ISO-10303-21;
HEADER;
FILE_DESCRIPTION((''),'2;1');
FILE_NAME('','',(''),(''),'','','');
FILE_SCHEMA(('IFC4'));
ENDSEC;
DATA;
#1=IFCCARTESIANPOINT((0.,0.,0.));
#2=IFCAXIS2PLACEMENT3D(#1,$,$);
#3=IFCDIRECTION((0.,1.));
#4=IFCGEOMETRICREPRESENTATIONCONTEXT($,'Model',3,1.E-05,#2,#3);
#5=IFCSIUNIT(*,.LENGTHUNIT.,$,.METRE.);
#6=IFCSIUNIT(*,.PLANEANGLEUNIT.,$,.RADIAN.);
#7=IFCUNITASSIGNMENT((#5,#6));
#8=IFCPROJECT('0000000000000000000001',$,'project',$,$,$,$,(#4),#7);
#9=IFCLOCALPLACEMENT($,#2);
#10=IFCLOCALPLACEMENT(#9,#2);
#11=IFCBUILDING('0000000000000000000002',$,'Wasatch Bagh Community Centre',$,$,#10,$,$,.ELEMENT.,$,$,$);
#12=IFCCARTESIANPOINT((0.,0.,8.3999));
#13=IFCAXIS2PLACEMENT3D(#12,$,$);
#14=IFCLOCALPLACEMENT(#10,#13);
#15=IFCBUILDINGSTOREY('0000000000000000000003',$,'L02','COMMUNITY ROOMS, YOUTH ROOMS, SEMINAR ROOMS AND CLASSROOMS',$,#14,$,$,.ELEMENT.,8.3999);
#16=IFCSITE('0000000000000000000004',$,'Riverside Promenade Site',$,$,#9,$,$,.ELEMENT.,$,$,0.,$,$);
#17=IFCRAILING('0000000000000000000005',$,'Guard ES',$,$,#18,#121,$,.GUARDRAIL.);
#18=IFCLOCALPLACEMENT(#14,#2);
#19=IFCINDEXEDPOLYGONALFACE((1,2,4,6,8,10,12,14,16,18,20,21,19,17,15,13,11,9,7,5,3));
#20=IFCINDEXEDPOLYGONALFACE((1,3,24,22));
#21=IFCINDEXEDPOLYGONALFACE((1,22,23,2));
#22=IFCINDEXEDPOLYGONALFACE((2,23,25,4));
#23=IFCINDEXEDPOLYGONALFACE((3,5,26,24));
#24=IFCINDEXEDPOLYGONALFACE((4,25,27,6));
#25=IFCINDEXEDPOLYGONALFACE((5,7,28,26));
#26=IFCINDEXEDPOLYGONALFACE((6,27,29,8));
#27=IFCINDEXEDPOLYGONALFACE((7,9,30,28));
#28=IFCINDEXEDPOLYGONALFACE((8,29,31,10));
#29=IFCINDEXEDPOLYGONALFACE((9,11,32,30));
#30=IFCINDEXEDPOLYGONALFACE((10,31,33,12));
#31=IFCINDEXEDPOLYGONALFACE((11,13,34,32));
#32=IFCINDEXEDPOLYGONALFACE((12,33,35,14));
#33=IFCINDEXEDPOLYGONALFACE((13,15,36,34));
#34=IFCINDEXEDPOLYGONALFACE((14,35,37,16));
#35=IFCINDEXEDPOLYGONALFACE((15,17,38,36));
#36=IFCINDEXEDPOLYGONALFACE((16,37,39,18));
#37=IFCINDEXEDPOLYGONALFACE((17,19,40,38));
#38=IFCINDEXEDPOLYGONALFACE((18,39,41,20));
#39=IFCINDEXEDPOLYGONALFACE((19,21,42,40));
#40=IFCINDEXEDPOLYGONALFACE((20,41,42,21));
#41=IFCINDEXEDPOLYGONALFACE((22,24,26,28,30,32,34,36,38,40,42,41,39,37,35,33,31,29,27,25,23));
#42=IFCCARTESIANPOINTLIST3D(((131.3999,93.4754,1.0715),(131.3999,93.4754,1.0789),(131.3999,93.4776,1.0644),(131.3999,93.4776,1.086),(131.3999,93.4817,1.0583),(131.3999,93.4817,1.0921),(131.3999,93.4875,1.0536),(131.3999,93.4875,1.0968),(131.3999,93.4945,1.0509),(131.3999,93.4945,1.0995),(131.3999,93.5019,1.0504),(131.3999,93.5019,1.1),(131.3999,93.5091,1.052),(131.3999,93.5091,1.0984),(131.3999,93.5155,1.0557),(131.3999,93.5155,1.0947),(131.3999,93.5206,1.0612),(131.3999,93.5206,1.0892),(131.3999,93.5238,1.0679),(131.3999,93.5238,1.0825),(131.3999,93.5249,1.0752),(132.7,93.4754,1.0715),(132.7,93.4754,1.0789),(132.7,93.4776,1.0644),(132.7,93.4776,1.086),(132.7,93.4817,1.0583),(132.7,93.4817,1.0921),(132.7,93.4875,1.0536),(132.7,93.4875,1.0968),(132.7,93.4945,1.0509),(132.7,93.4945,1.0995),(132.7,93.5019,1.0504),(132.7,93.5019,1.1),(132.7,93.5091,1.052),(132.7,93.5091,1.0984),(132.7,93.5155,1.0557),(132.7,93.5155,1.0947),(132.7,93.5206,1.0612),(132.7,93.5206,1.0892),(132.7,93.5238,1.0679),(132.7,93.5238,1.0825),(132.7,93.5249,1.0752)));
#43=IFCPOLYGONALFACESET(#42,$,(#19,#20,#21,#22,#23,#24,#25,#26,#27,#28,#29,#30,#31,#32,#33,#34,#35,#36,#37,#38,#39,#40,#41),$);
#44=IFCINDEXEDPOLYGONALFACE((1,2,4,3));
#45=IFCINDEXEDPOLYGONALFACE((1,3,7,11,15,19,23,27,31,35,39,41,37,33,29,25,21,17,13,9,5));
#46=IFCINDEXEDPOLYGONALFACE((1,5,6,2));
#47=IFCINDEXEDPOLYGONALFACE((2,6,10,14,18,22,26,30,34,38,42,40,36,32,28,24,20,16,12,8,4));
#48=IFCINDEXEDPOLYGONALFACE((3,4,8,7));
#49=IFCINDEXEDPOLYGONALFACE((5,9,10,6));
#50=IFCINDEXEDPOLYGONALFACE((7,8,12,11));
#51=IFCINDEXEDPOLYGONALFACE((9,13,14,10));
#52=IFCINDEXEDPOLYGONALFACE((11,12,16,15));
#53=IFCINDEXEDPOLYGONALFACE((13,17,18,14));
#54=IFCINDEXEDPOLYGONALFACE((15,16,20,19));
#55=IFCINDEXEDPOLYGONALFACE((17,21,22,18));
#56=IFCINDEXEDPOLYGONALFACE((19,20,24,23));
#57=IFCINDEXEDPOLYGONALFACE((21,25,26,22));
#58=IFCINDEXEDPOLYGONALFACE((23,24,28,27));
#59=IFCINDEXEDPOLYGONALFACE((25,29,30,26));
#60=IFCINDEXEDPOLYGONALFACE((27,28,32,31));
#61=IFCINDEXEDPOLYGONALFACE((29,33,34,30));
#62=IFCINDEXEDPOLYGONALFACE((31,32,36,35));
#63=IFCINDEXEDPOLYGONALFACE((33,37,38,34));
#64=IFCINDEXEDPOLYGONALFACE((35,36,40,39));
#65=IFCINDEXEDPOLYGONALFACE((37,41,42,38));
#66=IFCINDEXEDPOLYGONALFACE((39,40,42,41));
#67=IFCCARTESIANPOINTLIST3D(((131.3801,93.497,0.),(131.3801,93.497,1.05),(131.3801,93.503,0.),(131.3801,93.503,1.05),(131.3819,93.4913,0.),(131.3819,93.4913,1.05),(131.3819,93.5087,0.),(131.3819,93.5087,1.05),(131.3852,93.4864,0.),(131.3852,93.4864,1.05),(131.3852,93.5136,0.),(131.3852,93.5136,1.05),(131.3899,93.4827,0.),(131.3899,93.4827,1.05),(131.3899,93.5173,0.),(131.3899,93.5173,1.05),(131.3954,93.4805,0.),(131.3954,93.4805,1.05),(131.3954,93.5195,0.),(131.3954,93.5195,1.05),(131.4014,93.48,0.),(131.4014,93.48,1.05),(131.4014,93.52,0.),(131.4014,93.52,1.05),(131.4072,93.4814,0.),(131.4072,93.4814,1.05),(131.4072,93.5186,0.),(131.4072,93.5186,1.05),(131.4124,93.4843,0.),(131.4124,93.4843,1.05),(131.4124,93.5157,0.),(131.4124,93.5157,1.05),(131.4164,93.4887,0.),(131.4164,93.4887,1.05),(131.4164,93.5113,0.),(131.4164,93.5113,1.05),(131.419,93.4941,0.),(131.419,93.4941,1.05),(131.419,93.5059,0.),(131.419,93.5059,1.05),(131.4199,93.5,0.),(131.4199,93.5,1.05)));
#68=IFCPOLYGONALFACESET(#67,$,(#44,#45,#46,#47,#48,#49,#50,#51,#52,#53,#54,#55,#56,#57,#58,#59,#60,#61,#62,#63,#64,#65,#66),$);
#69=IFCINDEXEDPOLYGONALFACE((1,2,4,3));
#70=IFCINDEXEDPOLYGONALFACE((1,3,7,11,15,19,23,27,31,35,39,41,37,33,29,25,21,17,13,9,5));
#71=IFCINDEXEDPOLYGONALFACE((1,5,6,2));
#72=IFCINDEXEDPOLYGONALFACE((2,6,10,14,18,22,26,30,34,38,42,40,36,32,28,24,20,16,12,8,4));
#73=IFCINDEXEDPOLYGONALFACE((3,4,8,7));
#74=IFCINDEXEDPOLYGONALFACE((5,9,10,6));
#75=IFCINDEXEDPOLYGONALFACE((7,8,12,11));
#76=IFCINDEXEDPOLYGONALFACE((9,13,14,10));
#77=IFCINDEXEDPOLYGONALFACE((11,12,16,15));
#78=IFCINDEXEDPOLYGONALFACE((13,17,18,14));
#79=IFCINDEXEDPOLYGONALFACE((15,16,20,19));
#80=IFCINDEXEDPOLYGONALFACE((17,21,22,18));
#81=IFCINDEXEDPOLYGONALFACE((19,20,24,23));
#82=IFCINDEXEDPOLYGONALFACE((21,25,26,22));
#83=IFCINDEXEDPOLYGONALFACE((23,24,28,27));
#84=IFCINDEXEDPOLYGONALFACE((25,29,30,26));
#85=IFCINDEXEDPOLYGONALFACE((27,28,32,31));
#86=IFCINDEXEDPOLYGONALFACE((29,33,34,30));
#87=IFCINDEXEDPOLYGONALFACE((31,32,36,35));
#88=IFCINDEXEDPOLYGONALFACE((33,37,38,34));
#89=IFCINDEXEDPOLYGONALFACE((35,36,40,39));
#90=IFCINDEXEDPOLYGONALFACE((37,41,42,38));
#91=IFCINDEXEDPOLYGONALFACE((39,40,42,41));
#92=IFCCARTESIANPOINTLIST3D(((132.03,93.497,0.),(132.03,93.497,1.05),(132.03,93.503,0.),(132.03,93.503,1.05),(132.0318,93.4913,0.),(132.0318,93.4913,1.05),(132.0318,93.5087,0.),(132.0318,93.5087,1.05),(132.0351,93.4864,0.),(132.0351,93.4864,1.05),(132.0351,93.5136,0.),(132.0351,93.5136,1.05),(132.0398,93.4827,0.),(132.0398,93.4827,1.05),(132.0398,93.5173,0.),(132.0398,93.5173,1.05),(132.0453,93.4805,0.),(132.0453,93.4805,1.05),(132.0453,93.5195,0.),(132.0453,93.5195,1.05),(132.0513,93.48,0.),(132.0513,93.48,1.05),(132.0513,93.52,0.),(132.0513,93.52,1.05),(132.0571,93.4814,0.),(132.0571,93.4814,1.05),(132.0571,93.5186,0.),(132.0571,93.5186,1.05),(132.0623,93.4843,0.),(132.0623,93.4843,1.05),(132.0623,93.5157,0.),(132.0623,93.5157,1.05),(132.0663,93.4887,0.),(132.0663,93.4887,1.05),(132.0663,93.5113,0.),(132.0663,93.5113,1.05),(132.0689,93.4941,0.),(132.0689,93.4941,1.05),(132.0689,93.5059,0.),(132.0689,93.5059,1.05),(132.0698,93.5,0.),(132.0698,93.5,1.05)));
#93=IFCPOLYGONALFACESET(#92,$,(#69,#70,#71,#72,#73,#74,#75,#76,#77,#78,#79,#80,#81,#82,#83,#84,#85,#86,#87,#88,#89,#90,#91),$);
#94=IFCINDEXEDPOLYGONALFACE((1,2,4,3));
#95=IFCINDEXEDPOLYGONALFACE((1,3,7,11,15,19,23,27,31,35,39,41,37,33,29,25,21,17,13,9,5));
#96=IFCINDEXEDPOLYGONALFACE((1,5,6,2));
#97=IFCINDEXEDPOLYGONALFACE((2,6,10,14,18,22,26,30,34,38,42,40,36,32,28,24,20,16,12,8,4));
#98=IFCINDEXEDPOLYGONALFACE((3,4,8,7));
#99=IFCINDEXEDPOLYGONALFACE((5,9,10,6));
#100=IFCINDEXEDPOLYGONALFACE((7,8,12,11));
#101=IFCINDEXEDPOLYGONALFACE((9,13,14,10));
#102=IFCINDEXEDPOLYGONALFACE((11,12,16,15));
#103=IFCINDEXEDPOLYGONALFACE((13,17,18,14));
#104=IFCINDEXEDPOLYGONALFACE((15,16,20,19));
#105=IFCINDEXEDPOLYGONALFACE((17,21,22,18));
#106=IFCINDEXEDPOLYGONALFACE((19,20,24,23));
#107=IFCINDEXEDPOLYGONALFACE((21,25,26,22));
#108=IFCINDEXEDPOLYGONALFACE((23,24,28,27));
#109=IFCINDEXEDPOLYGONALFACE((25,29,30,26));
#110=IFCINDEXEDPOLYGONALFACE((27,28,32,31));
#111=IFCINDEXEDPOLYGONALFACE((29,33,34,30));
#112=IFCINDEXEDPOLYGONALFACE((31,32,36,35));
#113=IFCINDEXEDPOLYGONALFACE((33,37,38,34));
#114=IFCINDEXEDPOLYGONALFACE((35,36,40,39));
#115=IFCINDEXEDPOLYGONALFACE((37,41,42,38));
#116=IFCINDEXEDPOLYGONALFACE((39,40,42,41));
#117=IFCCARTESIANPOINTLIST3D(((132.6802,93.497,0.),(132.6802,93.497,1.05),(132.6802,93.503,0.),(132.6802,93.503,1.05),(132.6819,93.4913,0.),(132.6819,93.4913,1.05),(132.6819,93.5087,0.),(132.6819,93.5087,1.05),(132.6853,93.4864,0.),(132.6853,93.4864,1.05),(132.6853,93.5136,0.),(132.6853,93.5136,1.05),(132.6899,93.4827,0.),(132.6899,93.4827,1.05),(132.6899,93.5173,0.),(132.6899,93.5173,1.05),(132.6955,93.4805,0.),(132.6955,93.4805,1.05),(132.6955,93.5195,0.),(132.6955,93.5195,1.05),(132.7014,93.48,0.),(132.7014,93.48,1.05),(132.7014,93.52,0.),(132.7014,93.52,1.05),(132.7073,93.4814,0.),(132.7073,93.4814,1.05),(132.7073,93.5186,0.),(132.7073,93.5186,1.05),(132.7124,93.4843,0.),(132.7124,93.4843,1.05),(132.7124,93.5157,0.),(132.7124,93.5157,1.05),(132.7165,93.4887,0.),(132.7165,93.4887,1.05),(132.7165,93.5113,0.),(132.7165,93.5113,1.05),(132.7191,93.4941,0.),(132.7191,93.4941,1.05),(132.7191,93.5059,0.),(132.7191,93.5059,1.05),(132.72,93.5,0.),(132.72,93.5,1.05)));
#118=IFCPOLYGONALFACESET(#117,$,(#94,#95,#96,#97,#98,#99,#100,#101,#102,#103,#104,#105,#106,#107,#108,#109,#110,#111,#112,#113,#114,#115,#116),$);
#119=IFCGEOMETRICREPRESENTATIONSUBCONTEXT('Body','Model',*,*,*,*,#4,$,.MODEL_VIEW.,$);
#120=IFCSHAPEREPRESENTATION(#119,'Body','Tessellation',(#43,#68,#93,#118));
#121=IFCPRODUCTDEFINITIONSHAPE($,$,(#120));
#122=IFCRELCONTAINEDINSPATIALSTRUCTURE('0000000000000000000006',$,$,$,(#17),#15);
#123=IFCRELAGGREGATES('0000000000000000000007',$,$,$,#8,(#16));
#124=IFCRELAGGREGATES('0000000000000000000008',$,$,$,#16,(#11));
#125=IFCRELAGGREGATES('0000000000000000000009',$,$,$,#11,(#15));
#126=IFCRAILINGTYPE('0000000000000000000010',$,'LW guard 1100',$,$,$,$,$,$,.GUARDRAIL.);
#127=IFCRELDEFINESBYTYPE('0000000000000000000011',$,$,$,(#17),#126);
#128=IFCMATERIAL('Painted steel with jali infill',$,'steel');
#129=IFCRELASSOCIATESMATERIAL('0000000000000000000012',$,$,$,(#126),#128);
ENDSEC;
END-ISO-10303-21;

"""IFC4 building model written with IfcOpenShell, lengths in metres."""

from ifc_helpers import new_model, si_unit, direction, frame, origin, origin_2d, place, context, subcontext, project, spatial, circle, extrude, material, type_object, element, save


model = new_model("IFC4")

# Units and contexts
model_context = context("Model", 3, precision=1e-05, world=origin(), true_north=direction((0.0, 1.0)))
body_context = subcontext(model_context, "Body", "Model", "MODEL_VIEW")
ifc_project = project(units=[si_unit("LENGTHUNIT", "METRE"), si_unit("PLANEANGLEUNIT", "RADIAN")], contexts=[model_context])

# Site, building, storey
site_placement = place(None, origin())
site = spatial("IfcSite", under=ifc_project, at=site_placement, Name="Riverside Promenade Site", CompositionType="ELEMENT", RefElevation=0.0)
building_placement = place(site_placement, origin())
building = spatial("IfcBuilding", under=site, at=building_placement, Name="Wasatch Bagh Community Centre", CompositionType="ELEMENT")
storey_placement = place(building_placement, frame((0.0, 0.0, 8.3999)))
storey = spatial("IfcBuildingStorey", under=building, at=storey_placement, Name="L02", Description="COMMUNITY ROOMS, YOUTH ROOMS, SEMINAR ROOMS AND CLASSROOMS", CompositionType="ELEMENT", Elevation=8.3999)

# Railing
ifc_material_1 = material(Name="Painted steel with jali infill", Category="steel")
railing_type = type_object("IfcRailingType", Name="LW guard 1100", PredefinedType="GUARDRAIL", material=ifc_material_1)
railing_1_placement = place(storey_placement, frame((131.3999, 93.5, 0.0)))
element("IfcRailing", 1, at=railing_1_placement, inside=storey, type_object=railing_type, Name="Guard ES", PredefinedType="GUARDRAIL", context=body_context, shape_type="SweptSolid", body=[
    extrude(circle(Radius=0.0249, at=origin_2d()), frame((0.0, 0.0, 1.0752), z_axis=(1.0, 0.0, 0.0), x_axis=(0.0, 1.0, 0.0)), (0.0, 0.0, 1.0), 1.3),
    extrude(circle(Radius=0.02, at=origin_2d()), origin(), (0.0, 0.0, 1.0), 1.05),
    extrude(circle(Radius=0.02, at=origin_2d()), frame((0.6499, 0.0, 0.0)), (0.0, 0.0, 1.0), 1.05),
    extrude(circle(Radius=0.02, at=origin_2d()), frame((1.3, 0.0, 0.0)), (0.0, 0.0, 1.0), 1.05),
])

save(model, "model.ifc")
